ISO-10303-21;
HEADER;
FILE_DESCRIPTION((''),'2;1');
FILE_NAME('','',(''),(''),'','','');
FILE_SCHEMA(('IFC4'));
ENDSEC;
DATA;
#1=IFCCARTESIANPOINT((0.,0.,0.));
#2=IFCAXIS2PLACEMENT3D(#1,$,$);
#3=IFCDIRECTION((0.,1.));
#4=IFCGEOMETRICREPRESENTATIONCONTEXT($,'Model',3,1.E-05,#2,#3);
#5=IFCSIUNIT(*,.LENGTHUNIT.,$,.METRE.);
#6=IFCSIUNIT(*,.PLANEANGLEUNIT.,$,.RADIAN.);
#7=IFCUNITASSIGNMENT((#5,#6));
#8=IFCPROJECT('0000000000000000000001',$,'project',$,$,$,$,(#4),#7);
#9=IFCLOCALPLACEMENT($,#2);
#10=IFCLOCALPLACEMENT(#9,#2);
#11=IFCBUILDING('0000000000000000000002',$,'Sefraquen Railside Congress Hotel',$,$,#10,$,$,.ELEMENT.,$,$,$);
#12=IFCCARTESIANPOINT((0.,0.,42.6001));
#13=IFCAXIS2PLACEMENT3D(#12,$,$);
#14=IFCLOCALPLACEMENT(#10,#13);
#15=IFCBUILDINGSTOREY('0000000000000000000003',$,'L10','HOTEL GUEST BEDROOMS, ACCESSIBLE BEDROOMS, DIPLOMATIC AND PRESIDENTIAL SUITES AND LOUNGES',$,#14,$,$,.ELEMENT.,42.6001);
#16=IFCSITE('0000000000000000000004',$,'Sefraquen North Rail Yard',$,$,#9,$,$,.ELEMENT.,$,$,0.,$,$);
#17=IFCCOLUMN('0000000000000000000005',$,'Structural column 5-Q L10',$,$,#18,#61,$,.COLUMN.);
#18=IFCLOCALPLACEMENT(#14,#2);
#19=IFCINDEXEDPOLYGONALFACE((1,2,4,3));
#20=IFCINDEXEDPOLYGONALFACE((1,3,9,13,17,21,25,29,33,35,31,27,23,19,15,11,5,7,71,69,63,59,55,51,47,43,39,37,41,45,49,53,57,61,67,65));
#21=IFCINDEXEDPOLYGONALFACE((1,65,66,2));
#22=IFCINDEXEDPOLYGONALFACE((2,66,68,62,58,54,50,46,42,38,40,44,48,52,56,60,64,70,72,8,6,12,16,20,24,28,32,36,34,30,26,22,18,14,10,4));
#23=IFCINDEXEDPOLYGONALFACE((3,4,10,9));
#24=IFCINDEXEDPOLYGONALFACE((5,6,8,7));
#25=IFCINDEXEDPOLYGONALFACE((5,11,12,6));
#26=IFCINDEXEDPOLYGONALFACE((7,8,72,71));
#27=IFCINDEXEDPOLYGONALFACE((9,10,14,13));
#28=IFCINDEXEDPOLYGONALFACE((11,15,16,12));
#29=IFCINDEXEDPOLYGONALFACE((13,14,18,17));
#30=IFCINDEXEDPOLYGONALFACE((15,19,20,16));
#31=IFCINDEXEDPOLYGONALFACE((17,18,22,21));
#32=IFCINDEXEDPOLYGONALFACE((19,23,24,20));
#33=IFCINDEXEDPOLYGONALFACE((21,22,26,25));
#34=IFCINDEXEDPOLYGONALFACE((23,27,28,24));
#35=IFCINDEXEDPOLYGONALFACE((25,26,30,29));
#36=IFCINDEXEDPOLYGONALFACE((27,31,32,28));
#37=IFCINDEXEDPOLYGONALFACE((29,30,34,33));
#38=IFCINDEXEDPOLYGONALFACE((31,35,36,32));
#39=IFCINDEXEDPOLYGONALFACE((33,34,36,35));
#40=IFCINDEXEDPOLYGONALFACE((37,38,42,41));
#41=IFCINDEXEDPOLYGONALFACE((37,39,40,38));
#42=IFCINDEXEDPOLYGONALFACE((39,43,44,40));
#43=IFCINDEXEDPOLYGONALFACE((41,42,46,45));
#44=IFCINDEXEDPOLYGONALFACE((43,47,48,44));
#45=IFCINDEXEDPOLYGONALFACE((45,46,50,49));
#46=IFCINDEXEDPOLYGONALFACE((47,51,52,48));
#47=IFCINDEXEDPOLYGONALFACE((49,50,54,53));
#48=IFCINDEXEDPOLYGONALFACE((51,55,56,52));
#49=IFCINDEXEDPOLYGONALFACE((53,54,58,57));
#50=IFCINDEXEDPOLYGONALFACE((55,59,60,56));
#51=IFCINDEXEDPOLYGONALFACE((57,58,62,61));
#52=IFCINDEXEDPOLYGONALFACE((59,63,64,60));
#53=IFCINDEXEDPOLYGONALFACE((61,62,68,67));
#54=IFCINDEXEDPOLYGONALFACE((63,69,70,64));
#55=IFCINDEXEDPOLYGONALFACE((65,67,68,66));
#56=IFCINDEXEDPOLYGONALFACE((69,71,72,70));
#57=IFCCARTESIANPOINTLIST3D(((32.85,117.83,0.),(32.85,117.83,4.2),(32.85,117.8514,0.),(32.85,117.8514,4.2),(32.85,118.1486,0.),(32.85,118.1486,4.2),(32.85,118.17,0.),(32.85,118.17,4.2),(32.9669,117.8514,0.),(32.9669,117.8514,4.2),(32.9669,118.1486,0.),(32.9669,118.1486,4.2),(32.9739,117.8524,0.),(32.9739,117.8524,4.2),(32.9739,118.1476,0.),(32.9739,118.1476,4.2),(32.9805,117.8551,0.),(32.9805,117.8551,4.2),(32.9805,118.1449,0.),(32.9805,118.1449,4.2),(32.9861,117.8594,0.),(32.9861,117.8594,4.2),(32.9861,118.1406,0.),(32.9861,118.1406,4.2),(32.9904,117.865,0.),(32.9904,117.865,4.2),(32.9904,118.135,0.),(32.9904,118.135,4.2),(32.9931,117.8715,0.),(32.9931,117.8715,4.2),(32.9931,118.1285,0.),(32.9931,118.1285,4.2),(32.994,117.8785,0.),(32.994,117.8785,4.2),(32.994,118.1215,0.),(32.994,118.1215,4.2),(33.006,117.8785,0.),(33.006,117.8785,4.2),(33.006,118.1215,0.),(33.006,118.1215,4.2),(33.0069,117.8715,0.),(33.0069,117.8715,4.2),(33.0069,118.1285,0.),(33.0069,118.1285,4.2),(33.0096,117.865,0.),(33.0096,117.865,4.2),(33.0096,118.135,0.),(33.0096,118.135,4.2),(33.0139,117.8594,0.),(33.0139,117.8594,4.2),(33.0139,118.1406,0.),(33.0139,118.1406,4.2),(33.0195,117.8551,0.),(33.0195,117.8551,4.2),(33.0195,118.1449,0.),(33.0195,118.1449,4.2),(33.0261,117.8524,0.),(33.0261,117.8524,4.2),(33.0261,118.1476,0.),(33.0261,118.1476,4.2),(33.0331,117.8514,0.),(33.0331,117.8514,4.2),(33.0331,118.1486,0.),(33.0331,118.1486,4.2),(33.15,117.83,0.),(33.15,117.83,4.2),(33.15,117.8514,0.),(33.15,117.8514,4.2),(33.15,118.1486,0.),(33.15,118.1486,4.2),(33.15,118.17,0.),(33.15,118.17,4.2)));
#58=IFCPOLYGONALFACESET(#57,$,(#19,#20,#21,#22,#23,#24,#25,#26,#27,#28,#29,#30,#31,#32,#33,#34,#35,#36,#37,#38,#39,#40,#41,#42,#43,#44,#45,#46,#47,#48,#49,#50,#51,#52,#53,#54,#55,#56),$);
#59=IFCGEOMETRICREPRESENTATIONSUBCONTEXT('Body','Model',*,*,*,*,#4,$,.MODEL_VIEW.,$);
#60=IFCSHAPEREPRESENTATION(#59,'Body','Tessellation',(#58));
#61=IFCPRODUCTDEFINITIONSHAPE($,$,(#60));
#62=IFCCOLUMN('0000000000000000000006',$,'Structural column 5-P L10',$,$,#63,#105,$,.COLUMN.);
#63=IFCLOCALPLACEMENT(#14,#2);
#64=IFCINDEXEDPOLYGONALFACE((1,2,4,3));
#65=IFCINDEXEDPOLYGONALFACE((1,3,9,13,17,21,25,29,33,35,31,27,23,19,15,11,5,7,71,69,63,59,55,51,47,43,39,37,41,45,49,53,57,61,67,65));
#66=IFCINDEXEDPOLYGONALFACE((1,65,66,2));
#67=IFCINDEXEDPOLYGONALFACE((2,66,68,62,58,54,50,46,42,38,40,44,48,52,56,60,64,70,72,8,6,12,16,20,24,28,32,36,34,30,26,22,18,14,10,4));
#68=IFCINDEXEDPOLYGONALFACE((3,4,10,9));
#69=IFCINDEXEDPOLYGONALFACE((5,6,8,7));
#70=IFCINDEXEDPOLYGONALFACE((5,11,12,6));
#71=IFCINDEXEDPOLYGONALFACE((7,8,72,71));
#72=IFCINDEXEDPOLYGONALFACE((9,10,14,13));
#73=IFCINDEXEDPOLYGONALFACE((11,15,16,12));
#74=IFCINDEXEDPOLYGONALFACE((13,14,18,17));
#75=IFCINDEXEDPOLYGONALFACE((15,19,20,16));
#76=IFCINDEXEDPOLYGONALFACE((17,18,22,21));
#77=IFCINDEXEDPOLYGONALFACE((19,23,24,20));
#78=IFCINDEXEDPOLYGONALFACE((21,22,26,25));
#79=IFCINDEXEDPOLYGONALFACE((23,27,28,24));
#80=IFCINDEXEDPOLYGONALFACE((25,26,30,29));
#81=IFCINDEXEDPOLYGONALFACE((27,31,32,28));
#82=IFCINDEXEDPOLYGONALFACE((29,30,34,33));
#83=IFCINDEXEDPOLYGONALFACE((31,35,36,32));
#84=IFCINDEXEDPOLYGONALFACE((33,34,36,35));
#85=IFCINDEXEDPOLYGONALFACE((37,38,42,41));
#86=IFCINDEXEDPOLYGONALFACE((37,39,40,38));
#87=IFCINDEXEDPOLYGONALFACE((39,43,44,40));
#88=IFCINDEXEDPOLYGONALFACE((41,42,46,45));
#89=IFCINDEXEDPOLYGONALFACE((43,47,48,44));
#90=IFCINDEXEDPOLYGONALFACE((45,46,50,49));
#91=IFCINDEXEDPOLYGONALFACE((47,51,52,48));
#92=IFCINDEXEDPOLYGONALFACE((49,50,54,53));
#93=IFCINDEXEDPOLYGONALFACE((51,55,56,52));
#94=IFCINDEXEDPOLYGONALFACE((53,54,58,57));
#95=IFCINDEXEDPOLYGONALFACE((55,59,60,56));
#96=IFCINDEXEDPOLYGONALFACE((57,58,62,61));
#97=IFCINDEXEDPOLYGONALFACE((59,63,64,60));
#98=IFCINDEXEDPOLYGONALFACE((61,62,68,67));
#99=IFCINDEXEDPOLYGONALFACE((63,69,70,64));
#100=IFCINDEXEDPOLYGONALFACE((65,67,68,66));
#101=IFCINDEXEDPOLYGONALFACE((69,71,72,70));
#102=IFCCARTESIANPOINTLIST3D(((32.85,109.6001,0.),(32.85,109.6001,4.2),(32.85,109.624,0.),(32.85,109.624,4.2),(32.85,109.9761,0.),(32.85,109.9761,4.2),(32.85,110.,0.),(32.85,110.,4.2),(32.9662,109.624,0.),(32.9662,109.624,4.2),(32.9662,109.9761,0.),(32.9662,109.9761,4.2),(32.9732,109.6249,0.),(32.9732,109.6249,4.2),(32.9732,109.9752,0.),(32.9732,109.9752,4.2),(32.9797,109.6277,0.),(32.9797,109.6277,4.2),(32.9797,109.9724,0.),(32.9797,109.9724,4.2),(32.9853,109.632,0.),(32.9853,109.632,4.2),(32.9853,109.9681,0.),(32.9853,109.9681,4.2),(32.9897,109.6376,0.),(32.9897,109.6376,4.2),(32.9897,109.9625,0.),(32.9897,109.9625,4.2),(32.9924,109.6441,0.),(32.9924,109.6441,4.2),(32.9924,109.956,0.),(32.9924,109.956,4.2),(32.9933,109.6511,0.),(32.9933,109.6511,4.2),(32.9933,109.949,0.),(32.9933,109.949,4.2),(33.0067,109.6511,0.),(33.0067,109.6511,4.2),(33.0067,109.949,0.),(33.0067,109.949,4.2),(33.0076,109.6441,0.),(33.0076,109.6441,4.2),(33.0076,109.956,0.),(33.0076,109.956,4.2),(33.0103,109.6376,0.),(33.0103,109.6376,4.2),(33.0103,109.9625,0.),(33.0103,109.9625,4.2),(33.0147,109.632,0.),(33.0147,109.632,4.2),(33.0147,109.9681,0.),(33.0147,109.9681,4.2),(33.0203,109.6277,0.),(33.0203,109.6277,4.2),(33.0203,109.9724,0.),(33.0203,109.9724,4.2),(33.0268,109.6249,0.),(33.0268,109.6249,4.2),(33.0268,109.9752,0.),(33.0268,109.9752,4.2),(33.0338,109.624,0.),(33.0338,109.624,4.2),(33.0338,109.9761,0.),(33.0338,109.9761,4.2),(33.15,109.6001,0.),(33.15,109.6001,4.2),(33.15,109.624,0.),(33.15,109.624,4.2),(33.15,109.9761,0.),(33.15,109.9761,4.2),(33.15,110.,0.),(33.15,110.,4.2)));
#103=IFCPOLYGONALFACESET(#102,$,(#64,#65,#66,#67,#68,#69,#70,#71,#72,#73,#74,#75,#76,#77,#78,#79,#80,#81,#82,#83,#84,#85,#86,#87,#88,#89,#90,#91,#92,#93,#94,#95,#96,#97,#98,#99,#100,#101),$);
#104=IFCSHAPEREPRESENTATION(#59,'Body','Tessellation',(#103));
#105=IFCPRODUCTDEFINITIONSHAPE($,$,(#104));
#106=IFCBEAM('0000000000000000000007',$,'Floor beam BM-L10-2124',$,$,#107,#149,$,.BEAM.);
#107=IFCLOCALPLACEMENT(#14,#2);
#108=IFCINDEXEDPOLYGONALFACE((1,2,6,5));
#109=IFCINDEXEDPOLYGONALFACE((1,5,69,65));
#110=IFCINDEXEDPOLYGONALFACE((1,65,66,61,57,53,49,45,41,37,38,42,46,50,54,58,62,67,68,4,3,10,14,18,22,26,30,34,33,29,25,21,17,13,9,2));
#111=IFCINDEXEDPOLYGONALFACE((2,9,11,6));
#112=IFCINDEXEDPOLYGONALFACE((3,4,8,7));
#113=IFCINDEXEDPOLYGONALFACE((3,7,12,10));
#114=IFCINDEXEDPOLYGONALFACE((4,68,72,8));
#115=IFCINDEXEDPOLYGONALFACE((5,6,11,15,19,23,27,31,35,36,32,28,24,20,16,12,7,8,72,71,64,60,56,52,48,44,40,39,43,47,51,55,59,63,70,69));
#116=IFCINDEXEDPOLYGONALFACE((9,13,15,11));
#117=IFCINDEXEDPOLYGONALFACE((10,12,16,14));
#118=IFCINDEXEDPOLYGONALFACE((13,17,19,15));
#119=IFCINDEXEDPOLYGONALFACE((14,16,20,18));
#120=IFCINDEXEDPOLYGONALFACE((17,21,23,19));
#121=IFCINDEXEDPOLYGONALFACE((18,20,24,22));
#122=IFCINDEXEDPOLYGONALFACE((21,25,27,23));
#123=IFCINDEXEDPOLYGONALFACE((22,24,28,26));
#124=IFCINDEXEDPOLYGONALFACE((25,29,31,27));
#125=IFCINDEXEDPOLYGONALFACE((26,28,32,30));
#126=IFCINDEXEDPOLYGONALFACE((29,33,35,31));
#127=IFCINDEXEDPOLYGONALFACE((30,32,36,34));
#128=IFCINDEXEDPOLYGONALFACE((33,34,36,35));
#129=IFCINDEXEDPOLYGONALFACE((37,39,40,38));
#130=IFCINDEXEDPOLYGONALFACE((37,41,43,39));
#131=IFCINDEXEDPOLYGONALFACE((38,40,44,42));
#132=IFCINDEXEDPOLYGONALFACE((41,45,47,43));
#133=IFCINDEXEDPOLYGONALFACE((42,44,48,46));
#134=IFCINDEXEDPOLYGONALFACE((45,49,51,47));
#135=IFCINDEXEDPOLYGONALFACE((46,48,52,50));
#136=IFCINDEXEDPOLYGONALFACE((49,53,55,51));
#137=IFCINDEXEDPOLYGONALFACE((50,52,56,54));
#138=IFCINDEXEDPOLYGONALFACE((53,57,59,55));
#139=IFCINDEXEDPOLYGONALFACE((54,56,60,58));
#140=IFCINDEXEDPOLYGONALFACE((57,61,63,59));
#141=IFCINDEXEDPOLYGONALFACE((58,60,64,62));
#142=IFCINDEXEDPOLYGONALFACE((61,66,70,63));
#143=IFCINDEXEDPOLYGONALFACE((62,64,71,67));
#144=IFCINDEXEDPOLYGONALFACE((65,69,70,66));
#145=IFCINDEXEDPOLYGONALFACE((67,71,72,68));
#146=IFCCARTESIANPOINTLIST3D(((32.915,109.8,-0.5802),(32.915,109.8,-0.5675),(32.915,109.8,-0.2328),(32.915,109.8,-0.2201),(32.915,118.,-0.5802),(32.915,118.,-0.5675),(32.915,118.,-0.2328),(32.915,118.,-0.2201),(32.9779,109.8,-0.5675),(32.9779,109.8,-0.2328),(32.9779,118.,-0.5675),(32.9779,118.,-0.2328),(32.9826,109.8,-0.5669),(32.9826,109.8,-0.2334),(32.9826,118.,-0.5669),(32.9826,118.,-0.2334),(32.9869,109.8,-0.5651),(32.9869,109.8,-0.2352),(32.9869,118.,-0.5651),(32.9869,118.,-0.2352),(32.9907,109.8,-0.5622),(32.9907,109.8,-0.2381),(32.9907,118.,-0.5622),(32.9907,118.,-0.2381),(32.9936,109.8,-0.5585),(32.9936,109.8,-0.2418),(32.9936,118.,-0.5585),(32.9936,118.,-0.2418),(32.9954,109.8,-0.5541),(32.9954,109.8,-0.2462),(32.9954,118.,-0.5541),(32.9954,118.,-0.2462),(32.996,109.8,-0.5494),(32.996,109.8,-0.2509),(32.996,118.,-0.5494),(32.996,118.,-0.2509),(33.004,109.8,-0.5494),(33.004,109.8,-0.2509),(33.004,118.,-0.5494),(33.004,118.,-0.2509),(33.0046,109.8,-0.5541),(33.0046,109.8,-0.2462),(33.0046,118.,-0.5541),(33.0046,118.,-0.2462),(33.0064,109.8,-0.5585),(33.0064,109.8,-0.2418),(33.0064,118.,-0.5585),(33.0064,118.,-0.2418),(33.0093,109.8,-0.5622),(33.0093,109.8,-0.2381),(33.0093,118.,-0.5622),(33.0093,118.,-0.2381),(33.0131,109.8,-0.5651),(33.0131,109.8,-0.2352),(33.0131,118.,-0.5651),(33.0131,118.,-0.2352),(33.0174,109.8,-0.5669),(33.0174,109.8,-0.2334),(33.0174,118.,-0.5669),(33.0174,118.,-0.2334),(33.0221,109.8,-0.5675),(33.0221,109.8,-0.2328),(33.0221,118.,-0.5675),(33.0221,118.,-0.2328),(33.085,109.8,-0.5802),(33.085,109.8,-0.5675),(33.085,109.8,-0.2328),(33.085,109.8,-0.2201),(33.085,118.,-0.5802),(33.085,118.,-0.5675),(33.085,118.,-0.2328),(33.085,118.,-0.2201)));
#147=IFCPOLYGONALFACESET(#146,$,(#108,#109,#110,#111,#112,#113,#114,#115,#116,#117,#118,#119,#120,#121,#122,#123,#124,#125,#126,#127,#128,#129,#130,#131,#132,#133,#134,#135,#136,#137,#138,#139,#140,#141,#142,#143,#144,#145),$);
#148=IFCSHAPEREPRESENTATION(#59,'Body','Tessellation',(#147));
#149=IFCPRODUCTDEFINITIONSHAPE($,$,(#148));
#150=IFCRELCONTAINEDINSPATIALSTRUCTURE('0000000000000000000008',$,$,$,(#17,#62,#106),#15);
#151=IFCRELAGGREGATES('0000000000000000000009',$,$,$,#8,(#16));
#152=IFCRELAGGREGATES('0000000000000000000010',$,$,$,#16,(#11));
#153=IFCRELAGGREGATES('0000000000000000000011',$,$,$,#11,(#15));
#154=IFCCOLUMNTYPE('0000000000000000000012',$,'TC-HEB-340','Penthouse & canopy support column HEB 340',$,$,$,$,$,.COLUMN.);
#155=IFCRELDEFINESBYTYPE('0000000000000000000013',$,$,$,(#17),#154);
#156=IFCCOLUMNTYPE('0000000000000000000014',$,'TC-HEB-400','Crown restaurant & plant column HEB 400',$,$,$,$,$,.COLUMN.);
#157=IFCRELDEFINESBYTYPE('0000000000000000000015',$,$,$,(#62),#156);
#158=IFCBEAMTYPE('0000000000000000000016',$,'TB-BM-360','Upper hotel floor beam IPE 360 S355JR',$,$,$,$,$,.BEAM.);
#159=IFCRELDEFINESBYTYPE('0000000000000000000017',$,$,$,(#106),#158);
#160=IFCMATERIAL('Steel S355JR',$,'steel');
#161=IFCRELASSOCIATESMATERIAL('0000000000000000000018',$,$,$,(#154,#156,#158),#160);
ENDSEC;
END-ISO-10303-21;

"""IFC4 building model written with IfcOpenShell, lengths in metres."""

from ifc_helpers import new_model, si_unit, direction, frame, origin, origin_2d, place, context, subcontext, project, spatial, i_section, extrude, material, material_profile, profile_set, type_object, element, save


model = new_model("IFC4")

# Units and contexts
model_context = context("Model", 3, precision=1e-05, world=origin(), true_north=direction((0.0, 1.0)))
body_context = subcontext(model_context, "Body", "Model", "MODEL_VIEW")
ifc_project = project(units=[si_unit("LENGTHUNIT", "METRE"), si_unit("PLANEANGLEUNIT", "RADIAN")], contexts=[model_context])

# Site, building, storey
site_placement = place(None, origin())
site = spatial("IfcSite", under=ifc_project, at=site_placement, Name="Sefraquen North Rail Yard", CompositionType="ELEMENT", RefElevation=0.0)
building_placement = place(site_placement, origin())
building = spatial("IfcBuilding", under=site, at=building_placement, Name="Sefraquen Railside Congress Hotel", CompositionType="ELEMENT")
storey_placement = place(building_placement, frame((0.0, 0.0, 42.6001)))
storey = spatial("IfcBuildingStorey", under=building, at=storey_placement, Name="L10", Description="HOTEL GUEST BEDROOMS, ACCESSIBLE BEDROOMS, DIPLOMATIC AND PRESIDENTIAL SUITES AND LOUNGES", CompositionType="ELEMENT", Elevation=42.6001)

# Columns
ifc_material_1 = material(Name="Steel S355JR", Category="steel")
ifc_material_profile_1 = material_profile(ifc_material_1, i_section(OverallWidth=0.3, OverallDepth=0.3401, WebThickness=0.012, FlangeThickness=0.0215, FilletRadius=0.0271, at=origin_2d()), Name="HEB 340")
ifc_profile_set_1 = profile_set([ifc_material_profile_1], Name="Steel S355JR")
column_type_1 = type_object("IfcColumnType", Name="TC-HEB-340", Description="Penthouse & canopy support column HEB 340", PredefinedType="COLUMN", material=ifc_profile_set_1)
column_1_placement = place(storey_placement, frame((33.0, 118.0, 0.0), z_axis=(0.0, 0.0, 1.0), x_axis=(1.0, 0.0, 0.0)))
element("IfcColumn", 1, at=column_1_placement, inside=storey, type_object=column_type_1, Name="Structural column 5-Q L10", PredefinedType="COLUMN", context=body_context, shape_type="SweptSolid", body=[
    extrude(i_section(OverallWidth=0.3, OverallDepth=0.3401, WebThickness=0.012, FlangeThickness=0.0215, FilletRadius=0.0271, at=origin_2d()), origin(), (0.0, 0.0, 1.0), 4.2),
])
ifc_material_profile_2 = material_profile(ifc_material_1, i_section(OverallWidth=0.3, OverallDepth=0.3999, WebThickness=0.0134, FlangeThickness=0.0239, FilletRadius=0.0271, at=origin_2d()), Name="HEB 400")
ifc_profile_set_2 = profile_set([ifc_material_profile_2], Name="Steel S355JR")
column_type_2 = type_object("IfcColumnType", Name="TC-HEB-400", Description="Crown restaurant & plant column HEB 400", PredefinedType="COLUMN", material=ifc_profile_set_2)
column_2_placement = place(storey_placement, frame((33.0, 109.8, 0.0), z_axis=(0.0, 0.0, 1.0), x_axis=(1.0, 0.0, 0.0)))
element("IfcColumn", 2, at=column_2_placement, inside=storey, type_object=column_type_2, Name="Structural column 5-P L10", PredefinedType="COLUMN", context=body_context, shape_type="SweptSolid", body=[
    extrude(i_section(OverallWidth=0.3, OverallDepth=0.3999, WebThickness=0.0134, FlangeThickness=0.0239, FilletRadius=0.0271, at=origin_2d()), origin(), (0.0, 0.0, 1.0), 4.2),
])

# Beam
ifc_material_profile_3 = material_profile(ifc_material_1, i_section(OverallWidth=0.1699, OverallDepth=0.3601, WebThickness=0.0081, FlangeThickness=0.0127, FilletRadius=0.0181, at=origin_2d()), Name="IPE 360")
ifc_profile_set_3 = profile_set([ifc_material_profile_3], Name="Steel S355JR")
beam_type_1 = type_object("IfcBeamType", Name="TB-BM-360", Description="Upper hotel floor beam IPE 360 S355JR", PredefinedType="BEAM", material=ifc_profile_set_3)
beam_placement = place(storey_placement, frame((33.0, 109.8, -0.4001), z_axis=(0.0, 1.0, 0.0), x_axis=(-1.0, 0.0, 0.0)))
element("IfcBeam", 3, at=beam_placement, inside=storey, type_object=beam_type_1, Name="Floor beam BM-L10-2124", PredefinedType="BEAM", context=body_context, shape_type="SweptSolid", body=[
    extrude(i_section(OverallWidth=0.1699, OverallDepth=0.3601, WebThickness=0.0081, FlangeThickness=0.0127, FilletRadius=0.0181, at=origin_2d()), origin(), (0.0, 0.0, 1.0), 8.2),
])

save(model, "model.ifc")
